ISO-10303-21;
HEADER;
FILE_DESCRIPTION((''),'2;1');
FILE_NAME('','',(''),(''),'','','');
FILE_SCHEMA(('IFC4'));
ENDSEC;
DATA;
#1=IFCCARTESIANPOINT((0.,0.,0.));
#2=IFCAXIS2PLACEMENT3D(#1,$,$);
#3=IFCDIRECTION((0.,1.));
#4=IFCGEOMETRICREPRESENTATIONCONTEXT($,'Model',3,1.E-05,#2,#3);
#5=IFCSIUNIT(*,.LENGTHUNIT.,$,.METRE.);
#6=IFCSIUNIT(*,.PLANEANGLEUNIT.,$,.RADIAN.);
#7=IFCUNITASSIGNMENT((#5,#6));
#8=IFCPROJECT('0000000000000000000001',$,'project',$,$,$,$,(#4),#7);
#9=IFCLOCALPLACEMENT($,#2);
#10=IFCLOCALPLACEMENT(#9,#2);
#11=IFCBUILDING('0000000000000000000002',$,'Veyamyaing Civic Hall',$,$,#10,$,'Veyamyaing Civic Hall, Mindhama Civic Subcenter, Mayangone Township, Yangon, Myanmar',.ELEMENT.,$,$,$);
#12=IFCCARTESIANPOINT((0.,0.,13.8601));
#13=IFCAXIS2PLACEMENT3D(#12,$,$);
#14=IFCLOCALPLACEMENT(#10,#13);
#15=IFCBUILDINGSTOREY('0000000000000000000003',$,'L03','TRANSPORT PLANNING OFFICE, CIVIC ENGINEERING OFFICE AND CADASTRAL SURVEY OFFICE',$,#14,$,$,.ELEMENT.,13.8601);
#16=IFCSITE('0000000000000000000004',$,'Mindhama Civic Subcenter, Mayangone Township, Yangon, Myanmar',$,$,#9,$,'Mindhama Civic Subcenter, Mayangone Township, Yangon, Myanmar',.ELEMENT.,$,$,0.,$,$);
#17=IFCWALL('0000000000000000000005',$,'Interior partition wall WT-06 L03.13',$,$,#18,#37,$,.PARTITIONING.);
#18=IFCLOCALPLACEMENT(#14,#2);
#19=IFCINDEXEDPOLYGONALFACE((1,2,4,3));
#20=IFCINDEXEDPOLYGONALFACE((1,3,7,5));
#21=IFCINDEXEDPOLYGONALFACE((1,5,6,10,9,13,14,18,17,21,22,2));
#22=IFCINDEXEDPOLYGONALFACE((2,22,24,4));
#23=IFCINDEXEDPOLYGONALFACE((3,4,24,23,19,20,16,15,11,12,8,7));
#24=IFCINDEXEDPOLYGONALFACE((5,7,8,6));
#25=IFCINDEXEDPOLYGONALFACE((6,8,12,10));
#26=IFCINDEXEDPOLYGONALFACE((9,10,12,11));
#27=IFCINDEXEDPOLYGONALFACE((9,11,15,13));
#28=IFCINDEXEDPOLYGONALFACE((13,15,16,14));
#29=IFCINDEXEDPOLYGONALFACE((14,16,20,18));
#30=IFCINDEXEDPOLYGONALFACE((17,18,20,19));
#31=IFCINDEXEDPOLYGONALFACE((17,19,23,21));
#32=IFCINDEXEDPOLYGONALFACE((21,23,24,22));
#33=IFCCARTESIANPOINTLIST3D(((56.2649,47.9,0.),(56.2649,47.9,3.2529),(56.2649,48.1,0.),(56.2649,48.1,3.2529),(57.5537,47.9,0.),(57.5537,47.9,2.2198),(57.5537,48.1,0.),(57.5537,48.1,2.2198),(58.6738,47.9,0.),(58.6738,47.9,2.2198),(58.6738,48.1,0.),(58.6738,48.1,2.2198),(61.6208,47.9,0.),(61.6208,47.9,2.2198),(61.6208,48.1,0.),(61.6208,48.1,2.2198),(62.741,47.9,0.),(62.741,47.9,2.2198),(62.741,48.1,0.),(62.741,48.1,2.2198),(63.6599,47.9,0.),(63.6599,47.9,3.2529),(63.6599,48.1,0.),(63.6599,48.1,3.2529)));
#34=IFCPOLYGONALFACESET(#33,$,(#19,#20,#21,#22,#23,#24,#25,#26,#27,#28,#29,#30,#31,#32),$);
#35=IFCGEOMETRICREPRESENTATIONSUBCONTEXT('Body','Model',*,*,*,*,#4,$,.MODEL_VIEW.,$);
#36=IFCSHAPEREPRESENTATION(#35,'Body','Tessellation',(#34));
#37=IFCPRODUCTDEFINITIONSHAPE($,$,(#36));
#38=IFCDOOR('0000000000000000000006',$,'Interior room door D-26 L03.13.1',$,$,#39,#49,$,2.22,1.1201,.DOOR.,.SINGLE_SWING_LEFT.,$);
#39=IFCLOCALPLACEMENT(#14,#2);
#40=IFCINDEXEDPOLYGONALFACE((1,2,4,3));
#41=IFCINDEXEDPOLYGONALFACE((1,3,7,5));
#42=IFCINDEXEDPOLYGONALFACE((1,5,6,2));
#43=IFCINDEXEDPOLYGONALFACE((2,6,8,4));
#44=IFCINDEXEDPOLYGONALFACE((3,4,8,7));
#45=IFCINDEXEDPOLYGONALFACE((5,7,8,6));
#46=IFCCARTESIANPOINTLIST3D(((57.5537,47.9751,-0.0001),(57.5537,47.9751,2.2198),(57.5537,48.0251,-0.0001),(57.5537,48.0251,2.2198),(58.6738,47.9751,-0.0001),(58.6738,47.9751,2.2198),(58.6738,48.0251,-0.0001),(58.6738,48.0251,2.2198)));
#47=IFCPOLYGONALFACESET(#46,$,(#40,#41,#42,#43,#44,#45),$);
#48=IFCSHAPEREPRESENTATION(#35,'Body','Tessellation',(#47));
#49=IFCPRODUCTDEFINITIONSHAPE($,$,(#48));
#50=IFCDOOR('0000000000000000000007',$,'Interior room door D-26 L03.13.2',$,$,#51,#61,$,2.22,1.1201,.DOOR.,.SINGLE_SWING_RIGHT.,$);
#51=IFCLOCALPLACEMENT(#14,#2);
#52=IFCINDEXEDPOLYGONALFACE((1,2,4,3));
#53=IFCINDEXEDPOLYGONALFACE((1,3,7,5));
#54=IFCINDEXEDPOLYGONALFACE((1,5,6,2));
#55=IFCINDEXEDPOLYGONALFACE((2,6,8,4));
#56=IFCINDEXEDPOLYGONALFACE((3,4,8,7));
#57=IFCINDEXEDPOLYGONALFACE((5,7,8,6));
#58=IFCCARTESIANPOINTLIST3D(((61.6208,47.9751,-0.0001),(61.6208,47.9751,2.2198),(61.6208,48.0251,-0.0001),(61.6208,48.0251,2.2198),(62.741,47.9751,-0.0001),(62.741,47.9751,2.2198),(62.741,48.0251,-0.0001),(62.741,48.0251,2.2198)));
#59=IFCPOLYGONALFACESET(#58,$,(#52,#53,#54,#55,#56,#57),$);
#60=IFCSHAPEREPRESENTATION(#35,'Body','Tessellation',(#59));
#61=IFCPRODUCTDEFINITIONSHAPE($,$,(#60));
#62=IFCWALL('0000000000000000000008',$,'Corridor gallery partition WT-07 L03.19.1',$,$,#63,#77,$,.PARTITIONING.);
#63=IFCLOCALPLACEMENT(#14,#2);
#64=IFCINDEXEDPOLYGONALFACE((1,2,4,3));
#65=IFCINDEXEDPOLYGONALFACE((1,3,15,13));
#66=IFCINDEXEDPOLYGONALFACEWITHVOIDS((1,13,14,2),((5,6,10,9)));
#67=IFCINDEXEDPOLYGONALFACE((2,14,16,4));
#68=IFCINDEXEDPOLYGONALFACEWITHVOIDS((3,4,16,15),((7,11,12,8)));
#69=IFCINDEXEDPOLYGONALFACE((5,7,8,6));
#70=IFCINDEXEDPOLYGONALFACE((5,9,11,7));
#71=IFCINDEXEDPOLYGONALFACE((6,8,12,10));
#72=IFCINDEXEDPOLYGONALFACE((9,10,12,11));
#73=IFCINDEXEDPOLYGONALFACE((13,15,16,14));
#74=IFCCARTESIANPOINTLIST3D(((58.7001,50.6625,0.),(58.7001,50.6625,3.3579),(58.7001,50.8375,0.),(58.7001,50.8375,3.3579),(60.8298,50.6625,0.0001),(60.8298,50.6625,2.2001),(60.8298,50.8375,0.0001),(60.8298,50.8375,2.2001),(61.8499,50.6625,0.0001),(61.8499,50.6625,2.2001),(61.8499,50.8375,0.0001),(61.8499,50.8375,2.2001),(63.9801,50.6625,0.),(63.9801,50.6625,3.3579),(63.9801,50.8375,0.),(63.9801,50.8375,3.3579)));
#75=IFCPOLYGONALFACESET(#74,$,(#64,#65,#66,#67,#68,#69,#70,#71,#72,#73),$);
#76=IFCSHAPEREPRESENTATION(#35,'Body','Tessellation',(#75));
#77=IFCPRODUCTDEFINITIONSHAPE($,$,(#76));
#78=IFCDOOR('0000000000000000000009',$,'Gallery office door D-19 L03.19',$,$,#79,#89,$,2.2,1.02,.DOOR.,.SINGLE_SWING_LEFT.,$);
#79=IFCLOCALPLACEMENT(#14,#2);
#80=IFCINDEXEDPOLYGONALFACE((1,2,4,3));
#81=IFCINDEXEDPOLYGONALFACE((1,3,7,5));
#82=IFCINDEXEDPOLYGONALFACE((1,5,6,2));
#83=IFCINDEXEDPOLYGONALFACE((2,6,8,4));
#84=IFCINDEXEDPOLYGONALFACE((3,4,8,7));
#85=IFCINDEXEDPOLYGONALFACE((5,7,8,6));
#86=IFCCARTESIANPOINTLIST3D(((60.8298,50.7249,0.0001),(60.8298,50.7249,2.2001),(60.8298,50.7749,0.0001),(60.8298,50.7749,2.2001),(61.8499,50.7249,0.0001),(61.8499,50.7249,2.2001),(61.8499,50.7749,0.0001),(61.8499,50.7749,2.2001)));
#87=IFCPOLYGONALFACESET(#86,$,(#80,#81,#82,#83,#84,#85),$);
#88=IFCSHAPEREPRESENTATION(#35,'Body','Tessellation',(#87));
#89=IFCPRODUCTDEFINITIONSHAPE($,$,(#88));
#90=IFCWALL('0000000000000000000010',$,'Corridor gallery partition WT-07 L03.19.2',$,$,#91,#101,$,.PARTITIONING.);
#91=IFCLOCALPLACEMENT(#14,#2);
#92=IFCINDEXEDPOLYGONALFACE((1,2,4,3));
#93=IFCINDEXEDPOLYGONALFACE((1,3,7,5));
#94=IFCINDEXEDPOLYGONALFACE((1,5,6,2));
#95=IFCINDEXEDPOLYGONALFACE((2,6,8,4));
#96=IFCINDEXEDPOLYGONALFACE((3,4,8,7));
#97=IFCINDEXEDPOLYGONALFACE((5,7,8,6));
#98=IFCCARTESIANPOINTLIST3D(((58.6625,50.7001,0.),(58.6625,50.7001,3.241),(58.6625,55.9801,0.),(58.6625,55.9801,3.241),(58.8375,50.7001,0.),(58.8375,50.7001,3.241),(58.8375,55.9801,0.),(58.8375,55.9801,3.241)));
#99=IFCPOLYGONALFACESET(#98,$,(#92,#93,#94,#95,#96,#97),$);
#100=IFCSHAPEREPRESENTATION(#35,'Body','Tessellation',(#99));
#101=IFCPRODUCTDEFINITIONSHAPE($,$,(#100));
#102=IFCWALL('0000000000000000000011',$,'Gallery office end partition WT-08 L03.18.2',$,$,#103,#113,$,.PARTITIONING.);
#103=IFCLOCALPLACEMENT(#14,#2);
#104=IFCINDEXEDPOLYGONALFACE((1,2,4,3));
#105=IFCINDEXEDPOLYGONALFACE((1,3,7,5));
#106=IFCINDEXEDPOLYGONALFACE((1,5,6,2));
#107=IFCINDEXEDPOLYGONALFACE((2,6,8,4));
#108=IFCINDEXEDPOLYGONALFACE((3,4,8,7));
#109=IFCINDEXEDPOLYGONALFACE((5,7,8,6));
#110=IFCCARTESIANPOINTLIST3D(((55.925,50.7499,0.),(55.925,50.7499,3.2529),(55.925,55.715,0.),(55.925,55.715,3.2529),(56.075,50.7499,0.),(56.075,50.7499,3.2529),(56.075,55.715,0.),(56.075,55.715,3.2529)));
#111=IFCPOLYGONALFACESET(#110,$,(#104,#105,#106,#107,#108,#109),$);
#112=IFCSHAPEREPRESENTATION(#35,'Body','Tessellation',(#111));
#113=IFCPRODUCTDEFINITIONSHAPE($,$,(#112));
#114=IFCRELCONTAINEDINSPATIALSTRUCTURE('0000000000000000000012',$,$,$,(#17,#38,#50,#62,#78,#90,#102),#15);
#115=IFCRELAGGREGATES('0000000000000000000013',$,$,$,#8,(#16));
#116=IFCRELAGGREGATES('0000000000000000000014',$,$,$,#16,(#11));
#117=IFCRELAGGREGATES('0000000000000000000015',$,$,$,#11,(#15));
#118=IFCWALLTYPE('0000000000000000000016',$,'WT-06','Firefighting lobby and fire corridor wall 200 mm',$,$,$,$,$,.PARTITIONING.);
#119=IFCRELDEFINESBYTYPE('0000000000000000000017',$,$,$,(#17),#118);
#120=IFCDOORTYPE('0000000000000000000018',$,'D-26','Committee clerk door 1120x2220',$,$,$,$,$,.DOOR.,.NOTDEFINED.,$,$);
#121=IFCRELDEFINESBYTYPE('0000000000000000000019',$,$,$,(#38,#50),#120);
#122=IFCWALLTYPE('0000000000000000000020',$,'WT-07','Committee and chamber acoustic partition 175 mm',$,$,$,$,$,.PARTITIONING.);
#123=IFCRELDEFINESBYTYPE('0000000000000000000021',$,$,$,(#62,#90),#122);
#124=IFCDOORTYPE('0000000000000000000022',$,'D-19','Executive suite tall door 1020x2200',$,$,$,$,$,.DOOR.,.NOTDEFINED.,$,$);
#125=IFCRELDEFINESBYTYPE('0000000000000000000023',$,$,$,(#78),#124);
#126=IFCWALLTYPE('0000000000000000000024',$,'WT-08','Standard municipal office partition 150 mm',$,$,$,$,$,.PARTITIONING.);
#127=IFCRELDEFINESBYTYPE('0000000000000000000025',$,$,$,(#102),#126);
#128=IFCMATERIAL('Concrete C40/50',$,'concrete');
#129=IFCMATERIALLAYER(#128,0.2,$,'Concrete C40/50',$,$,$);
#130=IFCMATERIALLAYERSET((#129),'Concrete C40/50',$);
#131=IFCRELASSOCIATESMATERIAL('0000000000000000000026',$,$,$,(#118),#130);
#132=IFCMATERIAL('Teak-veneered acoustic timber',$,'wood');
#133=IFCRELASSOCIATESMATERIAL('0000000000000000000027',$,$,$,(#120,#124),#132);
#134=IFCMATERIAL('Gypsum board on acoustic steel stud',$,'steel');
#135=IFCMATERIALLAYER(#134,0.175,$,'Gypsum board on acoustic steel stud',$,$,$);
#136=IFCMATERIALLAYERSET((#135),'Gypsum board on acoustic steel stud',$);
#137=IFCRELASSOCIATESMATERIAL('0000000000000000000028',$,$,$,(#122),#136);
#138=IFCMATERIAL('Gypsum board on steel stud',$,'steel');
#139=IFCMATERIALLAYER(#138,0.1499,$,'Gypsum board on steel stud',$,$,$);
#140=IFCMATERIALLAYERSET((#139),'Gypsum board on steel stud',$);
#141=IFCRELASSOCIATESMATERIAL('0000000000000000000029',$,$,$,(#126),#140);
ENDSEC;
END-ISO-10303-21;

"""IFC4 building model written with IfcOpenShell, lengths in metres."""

from ifc_helpers import new_model, si_unit, direction, frame, frame_2d, origin, place, context, subcontext, project, spatial, rectangle, extrude, material, layer, layer_set, type_object, element, fill, save


model = new_model("IFC4")

# Units and contexts
model_context = context("Model", 3, precision=1e-05, world=origin(), true_north=direction((0.0, 1.0)))
body_context = subcontext(model_context, "Body", "Model", "MODEL_VIEW")
ifc_project = project(units=[si_unit("LENGTHUNIT", "METRE"), si_unit("PLANEANGLEUNIT", "RADIAN")], contexts=[model_context])

# Site, building, storey
site_placement = place(None, origin())
site = spatial("IfcSite", under=ifc_project, at=site_placement, Name="Mindhama Civic Subcenter, Mayangone Township, Yangon, Myanmar", LongName="Mindhama Civic Subcenter, Mayangone Township, Yangon, Myanmar", CompositionType="ELEMENT", RefElevation=0.0)
building_placement = place(site_placement, origin())
building = spatial("IfcBuilding", under=site, at=building_placement, Name="Veyamyaing Civic Hall", LongName="Veyamyaing Civic Hall, Mindhama Civic Subcenter, Mayangone Township, Yangon, Myanmar", CompositionType="ELEMENT")
storey_placement = place(building_placement, frame((0.0, 0.0, 13.8601)))
storey = spatial("IfcBuildingStorey", under=building, at=storey_placement, Name="L03", Description="TRANSPORT PLANNING OFFICE, CIVIC ENGINEERING OFFICE AND CADASTRAL SURVEY OFFICE", CompositionType="ELEMENT", Elevation=13.8601)

# Wall, openings, doors
ifc_material_1 = material(Name="Concrete C40/50", Category="concrete")
ifc_layer_1 = layer(ifc_material_1, 0.2, Name="Concrete C40/50")
ifc_layer_set_1 = layer_set([ifc_layer_1], Name="Concrete C40/50")
wall_type_1 = type_object("IfcWallType", Name="WT-06", Description="Firefighting lobby and fire corridor wall 200 mm", PredefinedType="PARTITIONING", material=ifc_layer_set_1)
wall_1_placement = place(storey_placement, frame((56.2649, 48.0, 0.0), z_axis=(0.0, 0.0, 1.0), x_axis=(1.0, 0.0, 0.0)))
wall_1 = element("IfcWall", 1, at=wall_1_placement, inside=storey, type_object=wall_type_1, Name="Interior partition wall WT-06 L03.13", PredefinedType="PARTITIONING", context=body_context, shape_type="SweptSolid", body=[
    extrude(rectangle(XDim=7.395, YDim=0.2, at=frame_2d((3.6975, 0.0))), origin(), (0.0, 0.0, 1.0), 3.2529),
])
opening_1_placement = place(wall_1_placement, frame((1.2888, 0.0, 0.0)))
opening_1 = element("IfcOpeningElement", 2, at=opening_1_placement, cuts=wall_1, PredefinedType="OPENING", context=body_context, shape_type="SweptSolid", body=[
    extrude(rectangle(XDim=1.1201, YDim=2.22, at=frame_2d((0.5601, 1.1099))), frame((0.0, 0.1099, 0.0), z_axis=(0.0, -1.0, 0.0), x_axis=(1.0, 0.0, 0.0)), (0.0, 0.0, 1.0), 0.22),
])
opening_2_placement = place(wall_1_placement, frame((5.356, 0.0, 0.0)))
opening_2 = element("IfcOpeningElement", 3, at=opening_2_placement, cuts=wall_1, PredefinedType="OPENING", context=body_context, shape_type="SweptSolid", body=[
    extrude(rectangle(XDim=1.1201, YDim=2.22, at=frame_2d((0.5601, 1.1099))), frame((0.0, 0.1099, 0.0), z_axis=(0.0, -1.0, 0.0), x_axis=(1.0, 0.0, 0.0)), (0.0, 0.0, 1.0), 0.22),
])
ifc_material_2 = material(Name="Teak-veneered acoustic timber", Category="wood")
door_type_1 = type_object("IfcDoorType", Name="D-26", Description="Committee clerk door 1120x2220", OperationType="NOTDEFINED", PredefinedType="DOOR", material=ifc_material_2)
door_1_placement = place(opening_1_placement, frame((1.1201, 0.0, 0.0), z_axis=(0.0, 0.0, 1.0), x_axis=(-1.0, 0.0, 0.0)))
door_1 = element("IfcDoor", 4, at=door_1_placement, inside=storey, type_object=door_type_1, Name="Interior room door D-26 L03.13.1", OperationType="SINGLE_SWING_LEFT", OverallHeight=2.22, OverallWidth=1.1201, PredefinedType="DOOR", context=body_context, shape_type="SweptSolid", body=[
    extrude(rectangle(XDim=1.1201, YDim=2.22, at=frame_2d((0.5601, 1.1099))), frame((0.0, 0.0249, 0.0), z_axis=(0.0, -1.0, 0.0), x_axis=(1.0, 0.0, 0.0)), (0.0, 0.0, 1.0), 0.05),
])
fill(opening_1, door_1)
door_2_placement = place(opening_2_placement, frame((1.1201, 0.0, 0.0), z_axis=(0.0, 0.0, 1.0), x_axis=(-1.0, 0.0, 0.0)))
door_2 = element("IfcDoor", 5, at=door_2_placement, inside=storey, type_object=door_type_1, Name="Interior room door D-26 L03.13.2", OperationType="SINGLE_SWING_RIGHT", OverallHeight=2.22, OverallWidth=1.1201, PredefinedType="DOOR", context=body_context, shape_type="SweptSolid", body=[
    extrude(rectangle(XDim=1.1201, YDim=2.22, at=frame_2d((0.5601, 1.1099))), frame((0.0, 0.0249, 0.0), z_axis=(0.0, -1.0, 0.0), x_axis=(1.0, 0.0, 0.0)), (0.0, 0.0, 1.0), 0.05),
])
fill(opening_2, door_2)

# Wall, opening, door
ifc_material_3 = material(Name="Gypsum board on acoustic steel stud", Category="steel")
ifc_layer_2 = layer(ifc_material_3, 0.175, Name="Gypsum board on acoustic steel stud")
ifc_layer_set_2 = layer_set([ifc_layer_2], Name="Gypsum board on acoustic steel stud")
wall_type_2 = type_object("IfcWallType", Name="WT-07", Description="Committee and chamber acoustic partition 175 mm", PredefinedType="PARTITIONING", material=ifc_layer_set_2)
wall_2_placement = place(storey_placement, frame((58.7, 50.75, 0.0), z_axis=(0.0, 0.0, 1.0), x_axis=(1.0, 0.0, 0.0)))
wall_2 = element("IfcWall", 6, at=wall_2_placement, inside=storey, type_object=wall_type_2, Name="Corridor gallery partition WT-07 L03.19.1", PredefinedType="PARTITIONING", context=body_context, shape_type="SweptSolid", body=[
    extrude(rectangle(XDim=5.28, YDim=0.175, at=frame_2d((2.6401, 0.0))), origin(), (0.0, 0.0, 1.0), 3.3579),
])
opening_3_placement = place(wall_2_placement, frame((2.1299, 0.0, 0.0)))
opening_3 = element("IfcOpeningElement", 7, at=opening_3_placement, cuts=wall_2, PredefinedType="OPENING", context=body_context, shape_type="SweptSolid", body=[
    extrude(rectangle(XDim=1.02, YDim=2.2, at=frame_2d((0.51, 1.1001))), frame((0.0, 0.0974, 0.0), z_axis=(0.0, -1.0, 0.0), x_axis=(1.0, 0.0, 0.0)), (0.0, 0.0, 1.0), 0.1951),
])
door_type_2 = type_object("IfcDoorType", Name="D-19", Description="Executive suite tall door 1020x2200", OperationType="NOTDEFINED", PredefinedType="DOOR", material=ifc_material_2)
door_3_placement = place(opening_3_placement, origin())
door_3 = element("IfcDoor", 8, at=door_3_placement, inside=storey, type_object=door_type_2, Name="Gallery office door D-19 L03.19", OperationType="SINGLE_SWING_LEFT", OverallHeight=2.2, OverallWidth=1.02, PredefinedType="DOOR", context=body_context, shape_type="SweptSolid", body=[
    extrude(rectangle(XDim=1.02, YDim=2.2, at=frame_2d((0.51, 1.1001))), frame((0.0, 0.0249, 0.0), z_axis=(0.0, -1.0, 0.0), x_axis=(1.0, 0.0, 0.0)), (0.0, 0.0, 1.0), 0.05),
])
fill(opening_3, door_3)

# Walls
wall_3_placement = place(storey_placement, frame((58.75, 50.7, 0.0), z_axis=(0.0, 0.0, 1.0), x_axis=(0.0, 1.0, 0.0)))
element("IfcWall", 9, at=wall_3_placement, inside=storey, type_object=wall_type_2, Name="Corridor gallery partition WT-07 L03.19.2", PredefinedType="PARTITIONING", context=body_context, shape_type="SweptSolid", body=[
    extrude(rectangle(XDim=5.28, YDim=0.175, at=frame_2d((2.6401, 0.0))), origin(), (0.0, 0.0, 1.0), 3.241),
])
ifc_material_4 = material(Name="Gypsum board on steel stud", Category="steel")
ifc_layer_3 = layer(ifc_material_4, 0.1499, Name="Gypsum board on steel stud")
ifc_layer_set_3 = layer_set([ifc_layer_3], Name="Gypsum board on steel stud")
wall_type_3 = type_object("IfcWallType", Name="WT-08", Description="Standard municipal office partition 150 mm", PredefinedType="PARTITIONING", material=ifc_layer_set_3)
wall_4_placement = place(storey_placement, frame((56.0, 50.75, 0.0), z_axis=(0.0, 0.0, 1.0), x_axis=(0.0, 1.0, 0.0)))
element("IfcWall", 10, at=wall_4_placement, inside=storey, type_object=wall_type_3, Name="Gallery office end partition WT-08 L03.18.2", PredefinedType="PARTITIONING", context=body_context, shape_type="SweptSolid", body=[
    extrude(rectangle(XDim=4.9651, YDim=0.1499, at=frame_2d((2.4824, 0.0))), origin(), (0.0, 0.0, 1.0), 3.2529),
])

save(model, "model.ifc")
